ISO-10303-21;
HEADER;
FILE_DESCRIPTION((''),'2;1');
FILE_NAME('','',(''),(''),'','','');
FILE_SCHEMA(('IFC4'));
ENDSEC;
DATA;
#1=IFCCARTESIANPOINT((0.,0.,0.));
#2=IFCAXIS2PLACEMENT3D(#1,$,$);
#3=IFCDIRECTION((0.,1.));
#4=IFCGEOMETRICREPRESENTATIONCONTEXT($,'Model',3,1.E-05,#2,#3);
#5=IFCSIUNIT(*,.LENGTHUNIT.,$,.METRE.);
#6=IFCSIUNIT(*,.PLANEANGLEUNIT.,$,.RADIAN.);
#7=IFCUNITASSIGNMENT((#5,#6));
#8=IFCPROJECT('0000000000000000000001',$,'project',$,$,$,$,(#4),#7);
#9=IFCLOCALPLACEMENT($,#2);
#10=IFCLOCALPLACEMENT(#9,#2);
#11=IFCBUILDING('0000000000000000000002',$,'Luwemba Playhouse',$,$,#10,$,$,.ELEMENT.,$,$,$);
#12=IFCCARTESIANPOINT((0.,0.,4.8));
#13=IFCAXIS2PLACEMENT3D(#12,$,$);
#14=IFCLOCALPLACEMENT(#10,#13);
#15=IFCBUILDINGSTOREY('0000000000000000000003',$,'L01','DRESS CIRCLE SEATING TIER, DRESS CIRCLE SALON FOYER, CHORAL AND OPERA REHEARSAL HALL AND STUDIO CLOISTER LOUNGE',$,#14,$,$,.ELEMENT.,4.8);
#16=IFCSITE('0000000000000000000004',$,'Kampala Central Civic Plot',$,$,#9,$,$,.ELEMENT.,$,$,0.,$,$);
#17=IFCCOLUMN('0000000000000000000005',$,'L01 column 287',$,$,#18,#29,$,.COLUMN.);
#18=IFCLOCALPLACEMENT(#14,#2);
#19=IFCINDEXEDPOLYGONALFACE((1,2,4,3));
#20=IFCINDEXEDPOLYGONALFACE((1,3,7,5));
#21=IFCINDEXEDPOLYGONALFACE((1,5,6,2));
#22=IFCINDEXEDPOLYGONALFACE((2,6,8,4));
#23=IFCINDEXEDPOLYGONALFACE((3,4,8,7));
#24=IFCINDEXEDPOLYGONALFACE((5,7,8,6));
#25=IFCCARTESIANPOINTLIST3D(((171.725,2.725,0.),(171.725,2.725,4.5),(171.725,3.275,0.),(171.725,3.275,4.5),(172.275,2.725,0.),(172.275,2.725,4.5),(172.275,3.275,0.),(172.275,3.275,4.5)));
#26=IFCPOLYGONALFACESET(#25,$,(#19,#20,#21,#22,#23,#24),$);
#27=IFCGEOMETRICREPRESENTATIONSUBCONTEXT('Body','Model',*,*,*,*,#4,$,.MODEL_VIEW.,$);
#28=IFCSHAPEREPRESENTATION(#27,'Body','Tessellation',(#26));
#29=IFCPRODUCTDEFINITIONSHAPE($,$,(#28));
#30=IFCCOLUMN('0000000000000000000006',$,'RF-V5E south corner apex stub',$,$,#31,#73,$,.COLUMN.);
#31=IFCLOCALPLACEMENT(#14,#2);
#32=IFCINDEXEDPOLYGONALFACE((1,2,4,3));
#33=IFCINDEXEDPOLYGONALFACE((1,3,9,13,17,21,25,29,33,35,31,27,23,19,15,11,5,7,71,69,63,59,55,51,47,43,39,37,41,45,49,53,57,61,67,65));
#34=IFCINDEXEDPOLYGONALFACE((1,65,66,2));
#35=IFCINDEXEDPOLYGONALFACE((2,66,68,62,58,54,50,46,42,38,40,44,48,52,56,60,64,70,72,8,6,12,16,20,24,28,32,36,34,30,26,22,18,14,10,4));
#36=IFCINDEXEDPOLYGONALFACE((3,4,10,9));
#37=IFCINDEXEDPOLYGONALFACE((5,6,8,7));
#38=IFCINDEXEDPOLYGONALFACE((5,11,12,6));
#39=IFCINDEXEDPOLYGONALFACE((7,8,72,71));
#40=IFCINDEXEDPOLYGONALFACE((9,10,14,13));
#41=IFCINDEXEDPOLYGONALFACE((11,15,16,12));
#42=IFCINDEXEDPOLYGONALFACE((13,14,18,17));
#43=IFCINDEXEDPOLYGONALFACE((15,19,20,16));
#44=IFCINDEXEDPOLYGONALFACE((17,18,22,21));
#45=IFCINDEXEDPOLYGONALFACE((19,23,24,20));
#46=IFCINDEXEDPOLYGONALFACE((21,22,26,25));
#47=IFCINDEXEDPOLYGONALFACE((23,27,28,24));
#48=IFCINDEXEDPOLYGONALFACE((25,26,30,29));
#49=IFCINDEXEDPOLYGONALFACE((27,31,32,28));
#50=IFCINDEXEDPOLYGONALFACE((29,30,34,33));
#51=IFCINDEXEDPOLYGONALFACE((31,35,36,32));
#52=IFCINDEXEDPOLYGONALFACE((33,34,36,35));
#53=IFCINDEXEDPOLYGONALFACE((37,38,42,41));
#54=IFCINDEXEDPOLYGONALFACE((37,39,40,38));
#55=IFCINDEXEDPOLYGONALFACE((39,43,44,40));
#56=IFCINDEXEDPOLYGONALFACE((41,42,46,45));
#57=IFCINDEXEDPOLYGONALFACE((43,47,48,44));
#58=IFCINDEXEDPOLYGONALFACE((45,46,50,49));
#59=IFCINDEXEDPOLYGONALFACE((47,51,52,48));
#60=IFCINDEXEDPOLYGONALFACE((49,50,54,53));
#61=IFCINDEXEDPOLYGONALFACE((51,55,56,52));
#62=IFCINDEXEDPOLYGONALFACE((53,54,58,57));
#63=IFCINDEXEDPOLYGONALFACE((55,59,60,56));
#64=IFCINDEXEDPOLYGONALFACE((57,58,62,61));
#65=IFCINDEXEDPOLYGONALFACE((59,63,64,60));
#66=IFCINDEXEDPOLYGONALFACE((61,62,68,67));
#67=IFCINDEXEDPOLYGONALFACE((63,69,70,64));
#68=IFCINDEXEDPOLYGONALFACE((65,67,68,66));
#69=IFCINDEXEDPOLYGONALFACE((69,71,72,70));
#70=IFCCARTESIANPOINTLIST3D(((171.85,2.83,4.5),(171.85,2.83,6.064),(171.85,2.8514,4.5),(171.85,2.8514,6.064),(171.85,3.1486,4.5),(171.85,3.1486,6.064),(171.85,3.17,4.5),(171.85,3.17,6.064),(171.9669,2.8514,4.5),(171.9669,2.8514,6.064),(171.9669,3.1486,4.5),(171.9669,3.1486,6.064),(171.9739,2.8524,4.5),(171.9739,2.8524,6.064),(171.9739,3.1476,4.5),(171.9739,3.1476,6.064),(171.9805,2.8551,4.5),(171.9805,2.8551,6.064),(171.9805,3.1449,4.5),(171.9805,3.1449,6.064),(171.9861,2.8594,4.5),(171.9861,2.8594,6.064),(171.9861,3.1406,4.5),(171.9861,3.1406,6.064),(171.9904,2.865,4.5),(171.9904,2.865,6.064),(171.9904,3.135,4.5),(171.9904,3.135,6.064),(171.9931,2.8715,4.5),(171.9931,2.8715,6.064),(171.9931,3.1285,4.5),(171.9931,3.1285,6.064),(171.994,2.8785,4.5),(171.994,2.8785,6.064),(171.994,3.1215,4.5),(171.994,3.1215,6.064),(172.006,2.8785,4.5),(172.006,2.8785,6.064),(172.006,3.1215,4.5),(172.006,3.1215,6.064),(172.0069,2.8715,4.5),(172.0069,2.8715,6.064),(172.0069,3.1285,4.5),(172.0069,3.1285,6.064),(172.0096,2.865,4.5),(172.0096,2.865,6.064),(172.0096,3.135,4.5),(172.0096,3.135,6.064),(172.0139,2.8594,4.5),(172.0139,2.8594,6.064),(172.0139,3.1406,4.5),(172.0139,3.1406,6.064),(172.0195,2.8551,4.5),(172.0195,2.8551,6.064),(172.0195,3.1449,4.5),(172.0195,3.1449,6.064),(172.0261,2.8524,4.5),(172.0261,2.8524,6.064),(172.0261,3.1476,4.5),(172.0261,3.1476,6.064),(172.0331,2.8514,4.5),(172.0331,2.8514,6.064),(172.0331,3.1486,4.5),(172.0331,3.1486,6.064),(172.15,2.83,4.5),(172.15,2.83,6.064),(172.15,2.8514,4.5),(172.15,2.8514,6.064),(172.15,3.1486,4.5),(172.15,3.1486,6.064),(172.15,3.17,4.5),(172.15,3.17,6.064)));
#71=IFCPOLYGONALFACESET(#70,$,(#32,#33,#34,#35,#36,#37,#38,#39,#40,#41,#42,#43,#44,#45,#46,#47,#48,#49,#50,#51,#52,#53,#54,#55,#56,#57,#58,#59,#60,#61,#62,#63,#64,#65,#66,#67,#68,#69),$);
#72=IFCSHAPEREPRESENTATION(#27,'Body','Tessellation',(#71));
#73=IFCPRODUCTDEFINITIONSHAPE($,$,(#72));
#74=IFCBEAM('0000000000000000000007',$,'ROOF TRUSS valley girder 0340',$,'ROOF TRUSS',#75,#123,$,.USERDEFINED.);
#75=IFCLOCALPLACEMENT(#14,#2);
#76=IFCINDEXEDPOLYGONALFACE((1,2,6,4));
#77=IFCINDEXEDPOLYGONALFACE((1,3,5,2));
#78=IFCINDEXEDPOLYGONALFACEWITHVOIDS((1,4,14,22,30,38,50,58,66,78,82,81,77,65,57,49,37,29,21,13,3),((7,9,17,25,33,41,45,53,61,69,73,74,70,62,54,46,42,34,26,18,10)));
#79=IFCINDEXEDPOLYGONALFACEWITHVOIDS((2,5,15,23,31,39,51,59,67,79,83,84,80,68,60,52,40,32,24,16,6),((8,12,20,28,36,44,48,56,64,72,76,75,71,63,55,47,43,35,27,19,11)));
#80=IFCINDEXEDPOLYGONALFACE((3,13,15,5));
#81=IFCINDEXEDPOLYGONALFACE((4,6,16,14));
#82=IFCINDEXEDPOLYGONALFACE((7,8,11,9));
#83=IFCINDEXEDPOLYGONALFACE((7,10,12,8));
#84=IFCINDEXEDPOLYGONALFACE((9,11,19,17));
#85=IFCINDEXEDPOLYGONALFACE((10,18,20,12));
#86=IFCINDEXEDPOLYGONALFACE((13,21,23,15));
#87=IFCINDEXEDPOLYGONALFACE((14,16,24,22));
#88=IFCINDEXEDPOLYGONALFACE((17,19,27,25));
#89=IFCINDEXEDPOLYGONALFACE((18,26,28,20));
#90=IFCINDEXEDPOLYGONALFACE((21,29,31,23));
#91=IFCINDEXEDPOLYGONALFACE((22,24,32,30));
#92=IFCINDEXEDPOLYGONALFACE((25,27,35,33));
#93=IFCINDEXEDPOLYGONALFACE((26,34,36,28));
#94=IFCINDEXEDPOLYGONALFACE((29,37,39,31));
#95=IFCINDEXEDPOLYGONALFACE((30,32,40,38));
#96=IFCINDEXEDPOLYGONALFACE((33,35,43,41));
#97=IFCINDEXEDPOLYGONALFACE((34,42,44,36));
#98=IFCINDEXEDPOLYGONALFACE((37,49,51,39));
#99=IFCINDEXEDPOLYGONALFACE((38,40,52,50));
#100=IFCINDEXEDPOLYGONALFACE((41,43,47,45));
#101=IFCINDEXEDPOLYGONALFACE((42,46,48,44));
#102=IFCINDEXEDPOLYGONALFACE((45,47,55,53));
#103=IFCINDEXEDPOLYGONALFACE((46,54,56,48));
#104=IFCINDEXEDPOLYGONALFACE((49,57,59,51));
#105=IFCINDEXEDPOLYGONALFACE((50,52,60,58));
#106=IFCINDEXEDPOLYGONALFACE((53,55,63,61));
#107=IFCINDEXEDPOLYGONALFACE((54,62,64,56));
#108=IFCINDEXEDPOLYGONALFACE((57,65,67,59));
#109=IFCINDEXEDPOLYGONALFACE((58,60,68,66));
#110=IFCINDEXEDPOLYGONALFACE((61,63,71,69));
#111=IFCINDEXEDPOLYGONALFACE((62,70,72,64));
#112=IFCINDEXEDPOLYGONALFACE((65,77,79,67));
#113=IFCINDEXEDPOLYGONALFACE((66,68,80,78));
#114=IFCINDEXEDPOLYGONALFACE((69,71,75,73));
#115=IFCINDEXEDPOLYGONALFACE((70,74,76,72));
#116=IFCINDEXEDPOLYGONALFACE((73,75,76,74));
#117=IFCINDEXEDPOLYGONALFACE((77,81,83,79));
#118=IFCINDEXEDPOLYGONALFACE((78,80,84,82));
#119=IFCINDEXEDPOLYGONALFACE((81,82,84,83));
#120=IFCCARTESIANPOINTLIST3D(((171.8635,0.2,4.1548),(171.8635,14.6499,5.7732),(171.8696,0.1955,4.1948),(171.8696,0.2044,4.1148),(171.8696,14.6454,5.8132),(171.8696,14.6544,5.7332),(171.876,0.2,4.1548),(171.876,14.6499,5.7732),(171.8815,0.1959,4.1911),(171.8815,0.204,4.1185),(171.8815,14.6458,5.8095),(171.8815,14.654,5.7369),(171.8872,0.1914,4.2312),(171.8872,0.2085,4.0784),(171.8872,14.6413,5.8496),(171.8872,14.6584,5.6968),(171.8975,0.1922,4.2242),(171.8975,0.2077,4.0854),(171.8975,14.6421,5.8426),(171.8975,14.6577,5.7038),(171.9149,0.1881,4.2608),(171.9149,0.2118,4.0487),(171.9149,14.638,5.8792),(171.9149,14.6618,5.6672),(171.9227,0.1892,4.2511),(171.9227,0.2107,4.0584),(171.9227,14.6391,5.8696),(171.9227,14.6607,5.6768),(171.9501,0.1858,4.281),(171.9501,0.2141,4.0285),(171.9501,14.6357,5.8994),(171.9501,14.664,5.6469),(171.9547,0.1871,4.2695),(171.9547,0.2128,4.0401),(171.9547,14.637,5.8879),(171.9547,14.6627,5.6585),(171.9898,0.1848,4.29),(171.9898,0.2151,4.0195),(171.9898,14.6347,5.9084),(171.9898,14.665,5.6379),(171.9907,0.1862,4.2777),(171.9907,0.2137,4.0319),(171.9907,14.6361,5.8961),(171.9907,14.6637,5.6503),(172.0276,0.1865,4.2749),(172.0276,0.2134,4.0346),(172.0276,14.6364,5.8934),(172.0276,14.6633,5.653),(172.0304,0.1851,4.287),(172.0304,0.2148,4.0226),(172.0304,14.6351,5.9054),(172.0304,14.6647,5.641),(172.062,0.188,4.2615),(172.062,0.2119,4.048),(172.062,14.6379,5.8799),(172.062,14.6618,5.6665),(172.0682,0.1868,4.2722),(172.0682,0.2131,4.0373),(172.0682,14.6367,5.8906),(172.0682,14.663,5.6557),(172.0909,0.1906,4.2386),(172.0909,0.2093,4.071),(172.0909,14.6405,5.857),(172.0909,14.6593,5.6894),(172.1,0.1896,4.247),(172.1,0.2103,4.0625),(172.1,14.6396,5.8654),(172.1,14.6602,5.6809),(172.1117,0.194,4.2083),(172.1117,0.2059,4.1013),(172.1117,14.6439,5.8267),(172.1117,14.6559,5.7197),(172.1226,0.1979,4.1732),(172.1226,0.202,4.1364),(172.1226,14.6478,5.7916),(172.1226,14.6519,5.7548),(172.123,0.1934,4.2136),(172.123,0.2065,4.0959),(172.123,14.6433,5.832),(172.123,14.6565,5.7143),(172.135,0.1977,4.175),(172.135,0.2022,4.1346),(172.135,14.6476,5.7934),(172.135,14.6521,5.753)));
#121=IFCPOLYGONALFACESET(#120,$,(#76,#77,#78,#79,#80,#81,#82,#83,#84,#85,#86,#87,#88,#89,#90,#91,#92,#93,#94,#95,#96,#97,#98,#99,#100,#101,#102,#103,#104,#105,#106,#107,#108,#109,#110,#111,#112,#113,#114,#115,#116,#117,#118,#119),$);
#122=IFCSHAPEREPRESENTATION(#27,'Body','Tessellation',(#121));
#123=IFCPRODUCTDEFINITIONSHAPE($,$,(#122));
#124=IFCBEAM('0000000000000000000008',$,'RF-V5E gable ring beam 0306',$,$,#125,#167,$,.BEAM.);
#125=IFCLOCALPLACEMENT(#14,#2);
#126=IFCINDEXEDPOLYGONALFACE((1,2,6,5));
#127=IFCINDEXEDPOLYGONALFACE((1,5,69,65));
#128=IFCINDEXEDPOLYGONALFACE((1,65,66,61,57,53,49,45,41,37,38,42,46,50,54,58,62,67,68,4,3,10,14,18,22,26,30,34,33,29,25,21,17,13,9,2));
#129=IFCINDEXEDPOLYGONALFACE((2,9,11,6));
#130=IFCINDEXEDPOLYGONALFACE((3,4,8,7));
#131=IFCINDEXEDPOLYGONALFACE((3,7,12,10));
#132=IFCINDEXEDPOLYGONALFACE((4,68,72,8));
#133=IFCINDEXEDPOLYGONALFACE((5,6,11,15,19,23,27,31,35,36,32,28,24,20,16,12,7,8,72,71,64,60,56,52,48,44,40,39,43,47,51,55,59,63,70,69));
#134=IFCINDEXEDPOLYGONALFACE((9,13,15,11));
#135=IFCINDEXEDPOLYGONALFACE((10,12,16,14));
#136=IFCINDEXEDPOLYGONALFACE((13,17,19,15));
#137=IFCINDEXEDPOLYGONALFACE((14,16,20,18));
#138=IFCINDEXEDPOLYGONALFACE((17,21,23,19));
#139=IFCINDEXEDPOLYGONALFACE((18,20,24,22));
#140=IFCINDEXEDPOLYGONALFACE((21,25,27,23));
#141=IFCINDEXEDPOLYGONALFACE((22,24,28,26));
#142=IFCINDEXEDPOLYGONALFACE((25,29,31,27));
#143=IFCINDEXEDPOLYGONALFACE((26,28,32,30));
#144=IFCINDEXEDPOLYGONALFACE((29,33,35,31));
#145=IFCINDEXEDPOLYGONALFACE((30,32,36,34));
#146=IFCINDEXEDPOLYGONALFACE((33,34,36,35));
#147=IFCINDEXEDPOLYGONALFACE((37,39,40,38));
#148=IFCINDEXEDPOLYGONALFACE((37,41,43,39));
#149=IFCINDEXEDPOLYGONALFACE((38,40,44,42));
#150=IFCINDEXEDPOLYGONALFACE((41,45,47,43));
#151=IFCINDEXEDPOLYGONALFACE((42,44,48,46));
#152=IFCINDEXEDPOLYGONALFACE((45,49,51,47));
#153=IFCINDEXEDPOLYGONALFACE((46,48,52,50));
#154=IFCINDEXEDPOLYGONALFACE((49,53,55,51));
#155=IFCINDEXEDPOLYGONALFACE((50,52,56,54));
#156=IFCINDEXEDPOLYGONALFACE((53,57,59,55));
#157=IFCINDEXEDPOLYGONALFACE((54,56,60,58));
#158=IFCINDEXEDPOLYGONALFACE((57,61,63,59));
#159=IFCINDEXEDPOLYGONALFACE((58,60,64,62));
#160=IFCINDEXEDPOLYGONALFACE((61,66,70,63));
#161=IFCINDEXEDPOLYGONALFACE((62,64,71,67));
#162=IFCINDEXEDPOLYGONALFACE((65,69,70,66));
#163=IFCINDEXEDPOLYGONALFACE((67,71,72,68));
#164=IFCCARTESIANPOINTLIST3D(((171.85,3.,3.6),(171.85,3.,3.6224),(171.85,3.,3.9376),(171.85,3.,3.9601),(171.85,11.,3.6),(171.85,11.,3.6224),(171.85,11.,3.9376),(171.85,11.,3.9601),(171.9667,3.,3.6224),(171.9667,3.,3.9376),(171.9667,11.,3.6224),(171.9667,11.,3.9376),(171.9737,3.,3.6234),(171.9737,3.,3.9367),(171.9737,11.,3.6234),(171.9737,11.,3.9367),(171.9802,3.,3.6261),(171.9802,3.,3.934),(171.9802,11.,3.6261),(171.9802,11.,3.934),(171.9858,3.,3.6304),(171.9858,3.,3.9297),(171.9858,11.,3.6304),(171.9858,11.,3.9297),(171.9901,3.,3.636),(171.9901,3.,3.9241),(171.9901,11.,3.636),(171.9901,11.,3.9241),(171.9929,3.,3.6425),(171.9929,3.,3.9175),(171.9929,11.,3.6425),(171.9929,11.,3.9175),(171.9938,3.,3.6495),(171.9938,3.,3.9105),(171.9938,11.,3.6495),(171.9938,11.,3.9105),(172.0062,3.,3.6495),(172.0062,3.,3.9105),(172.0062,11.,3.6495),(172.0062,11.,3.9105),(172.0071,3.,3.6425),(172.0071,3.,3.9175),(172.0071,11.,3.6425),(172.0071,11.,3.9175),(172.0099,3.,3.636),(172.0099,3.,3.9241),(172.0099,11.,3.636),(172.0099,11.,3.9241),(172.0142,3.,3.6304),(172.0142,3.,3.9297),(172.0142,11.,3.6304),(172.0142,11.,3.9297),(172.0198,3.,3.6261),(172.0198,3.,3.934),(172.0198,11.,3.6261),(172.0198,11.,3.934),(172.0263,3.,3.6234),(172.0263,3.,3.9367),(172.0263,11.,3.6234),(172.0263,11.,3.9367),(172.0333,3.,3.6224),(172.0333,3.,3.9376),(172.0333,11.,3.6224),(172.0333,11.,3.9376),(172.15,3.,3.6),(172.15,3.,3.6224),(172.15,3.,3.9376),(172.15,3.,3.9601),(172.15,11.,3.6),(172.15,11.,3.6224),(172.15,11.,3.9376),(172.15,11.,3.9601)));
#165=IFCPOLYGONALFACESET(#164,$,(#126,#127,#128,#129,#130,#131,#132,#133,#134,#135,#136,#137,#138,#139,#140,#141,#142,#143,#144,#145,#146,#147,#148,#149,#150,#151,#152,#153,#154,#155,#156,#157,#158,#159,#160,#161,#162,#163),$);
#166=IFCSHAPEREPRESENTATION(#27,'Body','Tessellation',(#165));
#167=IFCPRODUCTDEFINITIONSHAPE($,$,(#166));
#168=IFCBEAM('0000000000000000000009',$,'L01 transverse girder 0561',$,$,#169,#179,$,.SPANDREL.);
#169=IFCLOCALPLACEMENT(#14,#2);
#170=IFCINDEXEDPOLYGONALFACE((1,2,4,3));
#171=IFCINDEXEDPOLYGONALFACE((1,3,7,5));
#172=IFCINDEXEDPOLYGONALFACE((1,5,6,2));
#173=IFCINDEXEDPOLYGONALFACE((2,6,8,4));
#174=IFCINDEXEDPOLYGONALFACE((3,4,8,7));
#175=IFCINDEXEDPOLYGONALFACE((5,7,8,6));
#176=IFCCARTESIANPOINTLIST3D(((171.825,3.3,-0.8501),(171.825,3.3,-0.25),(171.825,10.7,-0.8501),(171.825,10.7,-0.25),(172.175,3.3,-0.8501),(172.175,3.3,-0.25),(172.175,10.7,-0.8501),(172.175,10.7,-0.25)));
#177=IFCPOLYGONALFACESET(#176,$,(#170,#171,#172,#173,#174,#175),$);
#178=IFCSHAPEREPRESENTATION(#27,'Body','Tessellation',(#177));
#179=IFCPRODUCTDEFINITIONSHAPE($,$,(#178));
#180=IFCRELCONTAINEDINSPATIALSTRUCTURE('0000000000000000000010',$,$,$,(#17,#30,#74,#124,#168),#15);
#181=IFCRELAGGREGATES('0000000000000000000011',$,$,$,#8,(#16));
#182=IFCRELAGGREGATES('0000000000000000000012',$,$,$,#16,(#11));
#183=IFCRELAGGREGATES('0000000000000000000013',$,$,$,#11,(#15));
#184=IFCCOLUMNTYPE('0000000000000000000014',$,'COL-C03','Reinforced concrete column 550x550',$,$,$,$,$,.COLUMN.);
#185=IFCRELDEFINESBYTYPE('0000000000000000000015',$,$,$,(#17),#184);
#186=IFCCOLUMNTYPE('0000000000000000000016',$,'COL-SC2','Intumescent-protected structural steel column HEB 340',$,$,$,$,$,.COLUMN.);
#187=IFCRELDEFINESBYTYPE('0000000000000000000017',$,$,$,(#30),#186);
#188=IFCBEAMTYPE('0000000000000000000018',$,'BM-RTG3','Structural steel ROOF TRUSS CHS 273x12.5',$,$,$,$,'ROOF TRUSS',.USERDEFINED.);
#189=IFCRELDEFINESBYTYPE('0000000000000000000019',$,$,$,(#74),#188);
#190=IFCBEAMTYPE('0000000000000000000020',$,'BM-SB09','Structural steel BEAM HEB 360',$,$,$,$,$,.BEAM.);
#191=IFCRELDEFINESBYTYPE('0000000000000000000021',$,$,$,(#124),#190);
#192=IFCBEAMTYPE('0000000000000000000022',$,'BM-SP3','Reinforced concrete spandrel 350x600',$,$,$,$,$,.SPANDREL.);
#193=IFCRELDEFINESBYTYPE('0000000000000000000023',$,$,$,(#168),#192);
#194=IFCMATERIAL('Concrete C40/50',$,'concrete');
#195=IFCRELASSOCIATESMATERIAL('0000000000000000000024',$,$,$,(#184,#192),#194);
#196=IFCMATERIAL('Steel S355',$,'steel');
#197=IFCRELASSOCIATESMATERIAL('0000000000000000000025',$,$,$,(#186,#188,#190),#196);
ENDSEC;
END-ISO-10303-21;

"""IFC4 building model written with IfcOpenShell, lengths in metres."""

from ifc_helpers import new_model, si_unit, direction, frame, origin, origin_2d, place, context, subcontext, project, spatial, rectangle, hollow_circle, i_section, extrude, material, material_profile, profile_set, type_object, element, save


model = new_model("IFC4")

# Units and contexts
model_context = context("Model", 3, precision=1e-05, world=origin(), true_north=direction((0.0, 1.0)))
body_context = subcontext(model_context, "Body", "Model", "MODEL_VIEW")
ifc_project = project(units=[si_unit("LENGTHUNIT", "METRE"), si_unit("PLANEANGLEUNIT", "RADIAN")], contexts=[model_context])

# Site, building, storey
site_placement = place(None, origin())
site = spatial("IfcSite", under=ifc_project, at=site_placement, Name="Kampala Central Civic Plot", CompositionType="ELEMENT", RefElevation=0.0)
building_placement = place(site_placement, origin())
building = spatial("IfcBuilding", under=site, at=building_placement, Name="Luwemba Playhouse", CompositionType="ELEMENT")
storey_placement = place(building_placement, frame((0.0, 0.0, 4.8)))
storey = spatial("IfcBuildingStorey", under=building, at=storey_placement, Name="L01", Description="DRESS CIRCLE SEATING TIER, DRESS CIRCLE SALON FOYER, CHORAL AND OPERA REHEARSAL HALL AND STUDIO CLOISTER LOUNGE", CompositionType="ELEMENT", Elevation=4.8)

# Columns
ifc_material_1 = material(Name="Concrete C40/50", Category="concrete")
ifc_material_profile_1 = material_profile(ifc_material_1, rectangle(XDim=0.55, YDim=0.55, at=origin_2d()))
ifc_profile_set_1 = profile_set([ifc_material_profile_1], Name="Concrete C40/50")
column_type_1 = type_object("IfcColumnType", Name="COL-C03", Description="Reinforced concrete column 550x550", PredefinedType="COLUMN", material=ifc_profile_set_1)
column_1_placement = place(storey_placement, frame((172.0, 3.0, 0.0), z_axis=(0.0, 0.0, 1.0), x_axis=(1.0, 0.0, 0.0)))
element("IfcColumn", 1, at=column_1_placement, inside=storey, type_object=column_type_1, Name="L01 column 287", PredefinedType="COLUMN", context=body_context, shape_type="SweptSolid", body=[
    extrude(rectangle(XDim=0.55, YDim=0.55, at=origin_2d()), origin(), (0.0, 0.0, 1.0), 4.5),
])
ifc_material_2 = material(Name="Steel S355", Category="steel")
ifc_material_profile_2 = material_profile(ifc_material_2, i_section(OverallWidth=0.3, OverallDepth=0.3401, WebThickness=0.012, FlangeThickness=0.0215, FilletRadius=0.0271, at=origin_2d()))
ifc_profile_set_2 = profile_set([ifc_material_profile_2], Name="Steel S355")
column_type_2 = type_object("IfcColumnType", Name="COL-SC2", Description="Intumescent-protected structural steel column HEB 340", PredefinedType="COLUMN", material=ifc_profile_set_2)
column_2_placement = place(storey_placement, frame((172.0, 3.0, 4.5), z_axis=(0.0, 0.0, 1.0), x_axis=(1.0, 0.0, 0.0)))
element("IfcColumn", 2, at=column_2_placement, inside=storey, type_object=column_type_2, Name="RF-V5E south corner apex stub", PredefinedType="COLUMN", context=body_context, shape_type="SweptSolid", body=[
    extrude(i_section(OverallWidth=0.3, OverallDepth=0.3401, WebThickness=0.012, FlangeThickness=0.0215, FilletRadius=0.0271, at=origin_2d()), origin(), (0.0, 0.0, 1.0), 1.564),
])

# Beams
ifc_material_profile_3 = material_profile(ifc_material_2, hollow_circle(Radius=0.1365, WallThickness=0.0125, at=origin_2d()))
ifc_profile_set_3 = profile_set([ifc_material_profile_3], Name="Steel S355")
beam_type_1 = type_object("IfcBeamType", Name="BM-RTG3", Description="Structural steel ROOF TRUSS CHS 273x12.5", ElementType="ROOF TRUSS", PredefinedType="USERDEFINED", material=ifc_profile_set_3)
beam_1_placement = place(storey_placement, frame((172.0, 0.2, 4.1548), z_axis=(0.0, 0.993786, 0.111305), x_axis=(-1.0, 0.0, 0.0)))
element("IfcBeam", 3, at=beam_1_placement, inside=storey, type_object=beam_type_1, Name="ROOF TRUSS valley girder 0340", ObjectType="ROOF TRUSS", PredefinedType="USERDEFINED", context=body_context, shape_type="SweptSolid", body=[
    extrude(hollow_circle(Radius=0.1365, WallThickness=0.0125, at=origin_2d()), origin(), (0.0, 0.0, 1.0), 14.5403),
])
ifc_material_profile_4 = material_profile(ifc_material_2, i_section(OverallWidth=0.3, OverallDepth=0.3601, WebThickness=0.0125, FlangeThickness=0.0225, FilletRadius=0.0271, at=origin_2d()))
ifc_profile_set_4 = profile_set([ifc_material_profile_4], Name="Steel S355")
beam_type_2 = type_object("IfcBeamType", Name="BM-SB09", Description="Structural steel BEAM HEB 360", PredefinedType="BEAM", material=ifc_profile_set_4)
beam_2_placement = place(storey_placement, frame((172.0, 3.0, 3.78), z_axis=(0.0, 1.0, 0.0), x_axis=(-1.0, 0.0, 0.0)))
element("IfcBeam", 4, at=beam_2_placement, inside=storey, type_object=beam_type_2, Name="RF-V5E gable ring beam 0306", PredefinedType="BEAM", context=body_context, shape_type="SweptSolid", body=[
    extrude(i_section(OverallWidth=0.3, OverallDepth=0.3601, WebThickness=0.0125, FlangeThickness=0.0225, FilletRadius=0.0271, at=origin_2d()), origin(), (0.0, 0.0, 1.0), 8.0),
])
ifc_material_profile_5 = material_profile(ifc_material_1, rectangle(XDim=0.3501, YDim=0.6001, at=origin_2d()))
ifc_profile_set_5 = profile_set([ifc_material_profile_5], Name="Concrete C40/50")
beam_type_3 = type_object("IfcBeamType", Name="BM-SP3", Description="Reinforced concrete spandrel 350x600", PredefinedType="SPANDREL", material=ifc_profile_set_5)
beam_3_placement = place(storey_placement, frame((172.0, 3.3, -0.55), z_axis=(0.0, 1.0, 0.0), x_axis=(-1.0, 0.0, 0.0)))
element("IfcBeam", 5, at=beam_3_placement, inside=storey, type_object=beam_type_3, Name="L01 transverse girder 0561", PredefinedType="SPANDREL", context=body_context, shape_type="SweptSolid", body=[
    extrude(rectangle(XDim=0.3501, YDim=0.6001, at=origin_2d()), origin(), (0.0, 0.0, 1.0), 7.3999),
])

save(model, "model.ifc")
